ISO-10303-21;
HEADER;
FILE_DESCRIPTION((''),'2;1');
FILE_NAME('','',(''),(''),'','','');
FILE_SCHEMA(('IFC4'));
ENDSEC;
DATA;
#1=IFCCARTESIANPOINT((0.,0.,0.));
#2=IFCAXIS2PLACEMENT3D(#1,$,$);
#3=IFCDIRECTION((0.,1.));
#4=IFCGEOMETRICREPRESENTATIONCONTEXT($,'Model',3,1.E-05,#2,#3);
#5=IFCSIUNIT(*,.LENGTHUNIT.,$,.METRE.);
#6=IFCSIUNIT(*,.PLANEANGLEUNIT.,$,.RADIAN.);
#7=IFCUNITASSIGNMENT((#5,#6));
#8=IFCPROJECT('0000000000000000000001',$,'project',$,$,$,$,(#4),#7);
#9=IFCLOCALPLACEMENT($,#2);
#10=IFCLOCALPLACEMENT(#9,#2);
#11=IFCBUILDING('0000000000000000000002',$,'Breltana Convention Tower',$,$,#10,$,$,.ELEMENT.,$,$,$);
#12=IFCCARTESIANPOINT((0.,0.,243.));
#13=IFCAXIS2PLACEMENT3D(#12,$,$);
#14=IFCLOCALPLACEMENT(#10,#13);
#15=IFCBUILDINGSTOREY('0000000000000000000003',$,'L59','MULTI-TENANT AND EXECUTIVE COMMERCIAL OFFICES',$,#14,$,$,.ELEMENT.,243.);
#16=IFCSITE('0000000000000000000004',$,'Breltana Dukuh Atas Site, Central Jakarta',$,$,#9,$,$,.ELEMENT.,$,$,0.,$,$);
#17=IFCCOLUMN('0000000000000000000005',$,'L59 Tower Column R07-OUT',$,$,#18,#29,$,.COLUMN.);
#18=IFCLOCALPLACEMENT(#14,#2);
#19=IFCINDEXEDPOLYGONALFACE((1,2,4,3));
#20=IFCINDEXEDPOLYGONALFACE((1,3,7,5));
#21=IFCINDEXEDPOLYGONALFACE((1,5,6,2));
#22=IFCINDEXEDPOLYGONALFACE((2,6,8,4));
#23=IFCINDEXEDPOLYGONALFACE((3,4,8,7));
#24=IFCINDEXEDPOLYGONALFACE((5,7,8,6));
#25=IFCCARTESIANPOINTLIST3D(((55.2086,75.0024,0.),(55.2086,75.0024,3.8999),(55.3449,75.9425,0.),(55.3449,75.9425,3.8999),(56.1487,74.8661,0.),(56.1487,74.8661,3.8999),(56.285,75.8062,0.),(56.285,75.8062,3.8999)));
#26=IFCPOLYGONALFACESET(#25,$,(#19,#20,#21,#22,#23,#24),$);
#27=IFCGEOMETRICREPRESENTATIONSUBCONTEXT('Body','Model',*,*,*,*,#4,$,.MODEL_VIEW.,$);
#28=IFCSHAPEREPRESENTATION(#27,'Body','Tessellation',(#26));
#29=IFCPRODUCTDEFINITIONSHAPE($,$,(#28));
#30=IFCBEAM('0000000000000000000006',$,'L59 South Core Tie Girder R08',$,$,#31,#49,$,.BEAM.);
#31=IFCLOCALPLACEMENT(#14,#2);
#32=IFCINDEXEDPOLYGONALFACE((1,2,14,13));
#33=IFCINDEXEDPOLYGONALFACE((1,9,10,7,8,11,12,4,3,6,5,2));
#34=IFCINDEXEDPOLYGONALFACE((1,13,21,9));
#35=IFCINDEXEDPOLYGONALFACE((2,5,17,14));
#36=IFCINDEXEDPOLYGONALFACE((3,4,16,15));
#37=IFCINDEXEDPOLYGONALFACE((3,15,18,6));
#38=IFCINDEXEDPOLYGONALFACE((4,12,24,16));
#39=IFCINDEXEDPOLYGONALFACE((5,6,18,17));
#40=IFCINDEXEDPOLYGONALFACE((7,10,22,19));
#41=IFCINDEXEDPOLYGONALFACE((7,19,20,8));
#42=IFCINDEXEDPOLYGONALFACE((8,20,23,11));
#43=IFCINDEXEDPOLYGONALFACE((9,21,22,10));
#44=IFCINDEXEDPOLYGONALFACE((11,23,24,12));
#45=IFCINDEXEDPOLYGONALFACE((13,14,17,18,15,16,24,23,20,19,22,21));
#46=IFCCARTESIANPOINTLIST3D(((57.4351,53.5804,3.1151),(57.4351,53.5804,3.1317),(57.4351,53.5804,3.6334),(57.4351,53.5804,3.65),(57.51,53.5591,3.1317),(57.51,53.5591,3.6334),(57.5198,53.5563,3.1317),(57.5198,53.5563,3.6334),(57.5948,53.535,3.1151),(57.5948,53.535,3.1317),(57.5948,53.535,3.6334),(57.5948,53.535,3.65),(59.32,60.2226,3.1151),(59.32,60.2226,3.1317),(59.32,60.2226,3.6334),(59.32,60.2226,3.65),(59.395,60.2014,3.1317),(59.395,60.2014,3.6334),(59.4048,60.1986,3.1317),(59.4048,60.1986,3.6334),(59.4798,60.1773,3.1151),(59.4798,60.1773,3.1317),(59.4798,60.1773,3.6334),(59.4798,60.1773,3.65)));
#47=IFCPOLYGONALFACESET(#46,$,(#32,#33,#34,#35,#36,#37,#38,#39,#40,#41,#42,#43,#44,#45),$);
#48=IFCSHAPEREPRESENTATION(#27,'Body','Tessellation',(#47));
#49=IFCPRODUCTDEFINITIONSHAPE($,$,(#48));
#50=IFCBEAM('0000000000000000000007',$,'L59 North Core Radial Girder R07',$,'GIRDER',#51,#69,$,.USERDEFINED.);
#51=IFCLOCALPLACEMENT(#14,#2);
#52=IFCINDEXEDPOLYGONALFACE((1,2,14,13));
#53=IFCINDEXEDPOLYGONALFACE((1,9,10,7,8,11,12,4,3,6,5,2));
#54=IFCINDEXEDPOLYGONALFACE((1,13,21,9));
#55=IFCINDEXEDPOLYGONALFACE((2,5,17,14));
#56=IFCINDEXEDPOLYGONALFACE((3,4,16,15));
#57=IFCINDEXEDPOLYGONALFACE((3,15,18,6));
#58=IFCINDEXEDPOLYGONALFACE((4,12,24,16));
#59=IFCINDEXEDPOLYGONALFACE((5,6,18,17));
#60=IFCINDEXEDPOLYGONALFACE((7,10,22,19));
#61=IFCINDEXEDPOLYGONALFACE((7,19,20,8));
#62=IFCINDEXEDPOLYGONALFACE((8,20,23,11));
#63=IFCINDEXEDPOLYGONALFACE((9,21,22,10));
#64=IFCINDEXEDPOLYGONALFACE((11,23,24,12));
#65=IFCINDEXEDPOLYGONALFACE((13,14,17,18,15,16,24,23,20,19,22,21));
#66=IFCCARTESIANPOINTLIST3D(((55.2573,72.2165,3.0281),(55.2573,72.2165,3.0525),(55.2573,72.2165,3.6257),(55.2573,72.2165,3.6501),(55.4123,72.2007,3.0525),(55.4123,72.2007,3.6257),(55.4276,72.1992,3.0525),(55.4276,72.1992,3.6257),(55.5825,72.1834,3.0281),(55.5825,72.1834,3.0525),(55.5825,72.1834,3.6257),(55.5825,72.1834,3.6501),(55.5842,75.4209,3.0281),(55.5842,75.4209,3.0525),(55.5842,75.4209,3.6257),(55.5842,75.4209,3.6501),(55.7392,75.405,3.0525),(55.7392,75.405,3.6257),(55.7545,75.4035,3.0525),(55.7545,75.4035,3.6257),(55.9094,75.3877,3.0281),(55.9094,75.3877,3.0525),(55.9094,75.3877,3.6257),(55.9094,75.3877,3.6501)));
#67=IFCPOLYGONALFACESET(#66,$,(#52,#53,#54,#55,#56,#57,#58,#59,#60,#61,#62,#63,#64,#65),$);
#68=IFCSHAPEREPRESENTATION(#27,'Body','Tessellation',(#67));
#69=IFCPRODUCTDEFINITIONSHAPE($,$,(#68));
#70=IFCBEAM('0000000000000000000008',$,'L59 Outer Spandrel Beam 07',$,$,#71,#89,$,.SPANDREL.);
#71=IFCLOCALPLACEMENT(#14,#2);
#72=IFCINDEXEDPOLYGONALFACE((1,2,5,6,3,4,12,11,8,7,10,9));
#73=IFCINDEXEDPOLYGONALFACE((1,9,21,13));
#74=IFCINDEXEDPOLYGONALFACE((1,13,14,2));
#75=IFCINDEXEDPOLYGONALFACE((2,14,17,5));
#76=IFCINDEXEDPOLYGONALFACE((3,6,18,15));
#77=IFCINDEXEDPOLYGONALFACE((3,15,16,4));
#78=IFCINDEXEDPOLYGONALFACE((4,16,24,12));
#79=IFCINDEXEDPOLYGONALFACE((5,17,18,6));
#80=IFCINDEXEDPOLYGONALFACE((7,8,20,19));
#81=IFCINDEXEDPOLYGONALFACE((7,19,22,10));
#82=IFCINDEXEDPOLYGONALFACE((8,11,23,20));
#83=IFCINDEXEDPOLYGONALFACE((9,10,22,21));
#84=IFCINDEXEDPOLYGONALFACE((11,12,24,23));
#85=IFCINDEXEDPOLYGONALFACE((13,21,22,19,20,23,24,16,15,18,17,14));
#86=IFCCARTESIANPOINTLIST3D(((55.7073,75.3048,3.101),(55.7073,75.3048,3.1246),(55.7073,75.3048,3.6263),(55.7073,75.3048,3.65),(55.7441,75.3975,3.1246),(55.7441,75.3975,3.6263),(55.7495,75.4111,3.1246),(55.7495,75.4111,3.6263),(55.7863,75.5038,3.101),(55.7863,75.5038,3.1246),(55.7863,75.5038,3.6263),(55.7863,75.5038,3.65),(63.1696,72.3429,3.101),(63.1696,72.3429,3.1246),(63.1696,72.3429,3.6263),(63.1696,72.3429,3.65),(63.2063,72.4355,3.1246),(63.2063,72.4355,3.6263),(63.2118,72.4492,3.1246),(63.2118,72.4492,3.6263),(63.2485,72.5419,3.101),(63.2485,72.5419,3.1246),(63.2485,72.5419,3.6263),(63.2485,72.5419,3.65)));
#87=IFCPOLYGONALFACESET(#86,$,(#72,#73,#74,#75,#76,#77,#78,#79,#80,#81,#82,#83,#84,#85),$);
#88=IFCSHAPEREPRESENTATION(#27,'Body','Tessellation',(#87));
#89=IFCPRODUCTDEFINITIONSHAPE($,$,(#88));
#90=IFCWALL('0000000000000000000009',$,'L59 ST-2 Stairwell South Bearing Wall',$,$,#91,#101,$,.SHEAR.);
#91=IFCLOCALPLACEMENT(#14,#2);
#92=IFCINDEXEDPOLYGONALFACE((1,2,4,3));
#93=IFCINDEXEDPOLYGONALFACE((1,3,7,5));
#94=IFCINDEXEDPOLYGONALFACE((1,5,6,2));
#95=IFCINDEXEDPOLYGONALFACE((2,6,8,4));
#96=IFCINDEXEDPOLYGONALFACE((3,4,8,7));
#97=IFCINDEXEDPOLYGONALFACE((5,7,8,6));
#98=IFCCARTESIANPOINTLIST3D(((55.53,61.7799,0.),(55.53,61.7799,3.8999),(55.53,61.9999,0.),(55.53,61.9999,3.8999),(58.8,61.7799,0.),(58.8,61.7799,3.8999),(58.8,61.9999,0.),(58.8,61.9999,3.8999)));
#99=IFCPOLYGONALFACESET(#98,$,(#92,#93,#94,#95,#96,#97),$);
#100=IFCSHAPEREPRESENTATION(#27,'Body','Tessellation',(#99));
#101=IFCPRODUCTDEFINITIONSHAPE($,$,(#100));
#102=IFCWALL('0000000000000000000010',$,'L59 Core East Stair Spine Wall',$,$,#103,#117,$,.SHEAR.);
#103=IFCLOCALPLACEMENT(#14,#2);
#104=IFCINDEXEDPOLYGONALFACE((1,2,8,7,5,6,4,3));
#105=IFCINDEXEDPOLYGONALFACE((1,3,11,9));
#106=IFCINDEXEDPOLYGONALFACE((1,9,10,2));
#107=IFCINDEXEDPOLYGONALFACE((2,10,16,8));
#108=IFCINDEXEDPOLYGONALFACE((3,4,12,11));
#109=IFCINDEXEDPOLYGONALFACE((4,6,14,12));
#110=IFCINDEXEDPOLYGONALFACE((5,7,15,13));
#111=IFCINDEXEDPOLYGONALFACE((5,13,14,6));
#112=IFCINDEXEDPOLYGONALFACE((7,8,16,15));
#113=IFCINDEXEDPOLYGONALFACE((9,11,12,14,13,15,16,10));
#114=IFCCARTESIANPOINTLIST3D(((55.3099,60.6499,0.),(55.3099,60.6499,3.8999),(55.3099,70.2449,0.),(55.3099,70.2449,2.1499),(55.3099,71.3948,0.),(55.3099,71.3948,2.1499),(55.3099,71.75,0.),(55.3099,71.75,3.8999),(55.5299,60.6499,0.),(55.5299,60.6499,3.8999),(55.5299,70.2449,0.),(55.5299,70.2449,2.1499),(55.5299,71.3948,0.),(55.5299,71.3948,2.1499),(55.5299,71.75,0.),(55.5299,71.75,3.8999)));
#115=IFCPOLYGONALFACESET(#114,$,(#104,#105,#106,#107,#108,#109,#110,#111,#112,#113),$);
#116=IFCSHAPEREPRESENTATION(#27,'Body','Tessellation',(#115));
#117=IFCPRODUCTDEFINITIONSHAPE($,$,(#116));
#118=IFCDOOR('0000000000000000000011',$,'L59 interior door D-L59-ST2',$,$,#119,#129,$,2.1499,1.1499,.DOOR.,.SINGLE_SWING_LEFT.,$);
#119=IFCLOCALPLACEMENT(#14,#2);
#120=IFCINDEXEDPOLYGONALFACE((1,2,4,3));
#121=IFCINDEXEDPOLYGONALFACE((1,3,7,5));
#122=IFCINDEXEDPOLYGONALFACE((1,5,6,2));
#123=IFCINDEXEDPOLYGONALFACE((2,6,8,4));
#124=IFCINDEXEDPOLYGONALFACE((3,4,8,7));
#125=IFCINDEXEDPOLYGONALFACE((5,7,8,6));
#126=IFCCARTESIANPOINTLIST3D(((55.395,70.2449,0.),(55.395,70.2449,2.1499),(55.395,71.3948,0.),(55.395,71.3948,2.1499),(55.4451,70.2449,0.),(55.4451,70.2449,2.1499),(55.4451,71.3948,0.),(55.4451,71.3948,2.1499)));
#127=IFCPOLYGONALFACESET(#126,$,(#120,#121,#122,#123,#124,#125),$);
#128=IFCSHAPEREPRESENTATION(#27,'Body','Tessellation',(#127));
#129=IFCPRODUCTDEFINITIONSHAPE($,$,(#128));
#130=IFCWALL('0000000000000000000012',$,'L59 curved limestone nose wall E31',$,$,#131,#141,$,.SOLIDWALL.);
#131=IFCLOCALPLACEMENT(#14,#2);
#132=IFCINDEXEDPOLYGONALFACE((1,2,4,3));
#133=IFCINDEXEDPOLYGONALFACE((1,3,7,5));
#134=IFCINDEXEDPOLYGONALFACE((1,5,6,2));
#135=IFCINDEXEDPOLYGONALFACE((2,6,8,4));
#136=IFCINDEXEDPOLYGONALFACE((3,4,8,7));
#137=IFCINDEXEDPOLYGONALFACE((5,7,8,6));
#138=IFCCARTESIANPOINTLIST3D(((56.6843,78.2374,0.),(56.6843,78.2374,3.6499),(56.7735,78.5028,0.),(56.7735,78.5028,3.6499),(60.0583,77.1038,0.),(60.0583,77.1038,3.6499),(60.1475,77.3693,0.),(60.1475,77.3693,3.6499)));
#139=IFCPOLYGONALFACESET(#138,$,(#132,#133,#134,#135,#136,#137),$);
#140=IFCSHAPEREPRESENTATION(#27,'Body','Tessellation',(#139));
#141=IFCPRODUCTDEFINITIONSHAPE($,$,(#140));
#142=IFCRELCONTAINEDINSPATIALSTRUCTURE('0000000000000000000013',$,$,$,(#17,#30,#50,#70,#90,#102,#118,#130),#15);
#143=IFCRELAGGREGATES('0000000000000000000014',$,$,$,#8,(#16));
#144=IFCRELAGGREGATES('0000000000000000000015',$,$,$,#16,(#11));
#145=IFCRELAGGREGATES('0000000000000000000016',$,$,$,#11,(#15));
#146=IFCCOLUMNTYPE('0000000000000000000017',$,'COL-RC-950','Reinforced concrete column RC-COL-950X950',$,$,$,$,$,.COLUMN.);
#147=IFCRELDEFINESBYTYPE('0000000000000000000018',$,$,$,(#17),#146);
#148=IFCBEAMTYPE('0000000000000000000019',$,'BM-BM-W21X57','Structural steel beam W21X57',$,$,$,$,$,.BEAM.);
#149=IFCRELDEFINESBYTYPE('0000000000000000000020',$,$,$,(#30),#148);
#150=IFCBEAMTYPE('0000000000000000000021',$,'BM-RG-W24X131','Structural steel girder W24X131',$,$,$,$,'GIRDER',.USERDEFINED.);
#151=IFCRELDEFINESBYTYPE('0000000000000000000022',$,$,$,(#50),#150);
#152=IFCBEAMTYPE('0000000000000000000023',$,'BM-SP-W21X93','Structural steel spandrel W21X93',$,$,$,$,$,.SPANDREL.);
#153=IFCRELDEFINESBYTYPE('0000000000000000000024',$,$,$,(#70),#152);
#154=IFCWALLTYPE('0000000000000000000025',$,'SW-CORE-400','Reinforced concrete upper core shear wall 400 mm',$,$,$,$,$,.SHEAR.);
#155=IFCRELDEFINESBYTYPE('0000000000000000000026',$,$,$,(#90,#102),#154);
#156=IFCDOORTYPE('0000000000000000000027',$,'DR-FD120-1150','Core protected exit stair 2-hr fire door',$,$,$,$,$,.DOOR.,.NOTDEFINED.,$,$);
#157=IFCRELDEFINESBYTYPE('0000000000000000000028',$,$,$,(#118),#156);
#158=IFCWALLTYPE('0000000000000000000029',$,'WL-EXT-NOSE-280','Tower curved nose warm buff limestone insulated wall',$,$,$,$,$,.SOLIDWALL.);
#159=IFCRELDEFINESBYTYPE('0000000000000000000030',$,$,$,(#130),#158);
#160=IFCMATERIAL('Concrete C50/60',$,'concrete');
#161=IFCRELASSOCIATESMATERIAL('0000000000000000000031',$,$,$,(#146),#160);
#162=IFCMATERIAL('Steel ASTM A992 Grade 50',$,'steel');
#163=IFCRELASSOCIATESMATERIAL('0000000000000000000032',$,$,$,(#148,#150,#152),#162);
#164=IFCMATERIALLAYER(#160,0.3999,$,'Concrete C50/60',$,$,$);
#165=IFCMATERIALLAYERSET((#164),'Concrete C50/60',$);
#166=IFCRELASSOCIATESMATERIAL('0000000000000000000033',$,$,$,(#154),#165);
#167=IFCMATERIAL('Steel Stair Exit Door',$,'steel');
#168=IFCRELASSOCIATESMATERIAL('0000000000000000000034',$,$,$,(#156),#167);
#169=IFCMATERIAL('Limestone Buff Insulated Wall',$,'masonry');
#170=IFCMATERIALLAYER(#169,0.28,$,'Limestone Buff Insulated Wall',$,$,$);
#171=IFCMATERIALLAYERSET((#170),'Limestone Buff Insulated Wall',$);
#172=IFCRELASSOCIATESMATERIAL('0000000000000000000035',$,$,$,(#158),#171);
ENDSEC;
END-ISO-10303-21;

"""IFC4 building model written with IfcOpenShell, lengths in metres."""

from ifc_helpers import new_model, si_unit, direction, frame, frame_2d, origin, origin_2d, place, context, subcontext, project, spatial, rectangle, i_section, extrude, source, transform, mapped, material, layer, layer_set, material_profile, profile_set, type_object, type_shapes, element, fill, save


model = new_model("IFC4")

# Units and contexts
model_context = context("Model", 3, precision=1e-05, world=origin(), true_north=direction((0.0, 1.0)))
body_context = subcontext(model_context, "Body", "Model", "MODEL_VIEW")
ifc_project = project(units=[si_unit("LENGTHUNIT", "METRE"), si_unit("PLANEANGLEUNIT", "RADIAN")], contexts=[model_context])

# Site, building, storey
site_placement = place(None, origin())
site = spatial("IfcSite", under=ifc_project, at=site_placement, Name="Breltana Dukuh Atas Site, Central Jakarta", CompositionType="ELEMENT", RefElevation=0.0)
building_placement = place(site_placement, origin())
building = spatial("IfcBuilding", under=site, at=building_placement, Name="Breltana Convention Tower", CompositionType="ELEMENT")
storey_placement = place(building_placement, frame((0.0, 0.0, 243.0)))
storey = spatial("IfcBuildingStorey", under=building, at=storey_placement, Name="L59", Description="MULTI-TENANT AND EXECUTIVE COMMERCIAL OFFICES", CompositionType="ELEMENT", Elevation=243.0)

# Column
ifc_material_1 = material(Name="Concrete C50/60", Category="concrete")
ifc_material_profile_1 = material_profile(ifc_material_1, rectangle(XDim=0.95, YDim=0.95, at=origin_2d()), Name="RC-COL-950X950")
ifc_profile_set_1 = profile_set([ifc_material_profile_1], Name="Concrete C50/60")
column_type = type_object("IfcColumnType", Name="COL-RC-950", Description="Reinforced concrete column RC-COL-950X950", PredefinedType="COLUMN", material=ifc_profile_set_1)
shared_shape_1 = source(origin(), body_context, "Body", "SweptSolid", [
    extrude(rectangle(XDim=0.95, YDim=0.95, at=origin_2d()), origin(), (0.0, 0.0, 1.0), 3.8999),
])
column_placement = place(storey_placement, frame((55.7468, 75.4043, 0.0), z_axis=(0.0, 0.0, 1.0), x_axis=(0.143493, 0.989651, 0.0)))
element("IfcColumn", 1, at=column_placement, inside=storey, type_object=column_type, Name="L59 Tower Column R07-OUT", PredefinedType="COLUMN", context=body_context, shape_type="MappedRepresentation", body=[
    mapped(shared_shape_1, transform((0.0, 0.0, 0.0), scale=1.0)),
])

# Beams
ifc_material_2 = material(Name="Steel ASTM A992 Grade 50", Category="steel")
ifc_material_profile_2 = material_profile(ifc_material_2, i_section(OverallWidth=0.166, OverallDepth=0.5349, WebThickness=0.0103, FlangeThickness=0.0166, at=origin_2d()), Name="W21X57")
ifc_profile_set_2 = profile_set([ifc_material_profile_2], Name="Steel ASTM A992 Grade 50")
beam_type_1 = type_object("IfcBeamType", Name="BM-BM-W21X57", Description="Structural steel beam W21X57", PredefinedType="BEAM", material=ifc_profile_set_2)
shared_shape_2 = source(origin(), body_context, "Body", "SweptSolid", [
    extrude(i_section(OverallWidth=0.166, OverallDepth=0.5349, WebThickness=0.0103, FlangeThickness=0.0166, at=origin_2d()), origin(), (0.0, 0.0, 1.0), 6.9045),
])
type_shapes(beam_type_1, [shared_shape_2])
beam_1_placement = place(storey_placement, frame((59.3999, 60.2, 3.3826), z_axis=(-0.273007, -0.962012, 0.0), x_axis=(0.962012, -0.273007, 0.0)))
element("IfcBeam", 2, at=beam_1_placement, inside=storey, type_object=beam_type_1, Name="L59 South Core Tie Girder R08", PredefinedType="BEAM", context=body_context, shape_type="MappedRepresentation", body=[
    mapped(shared_shape_2, transform((0.0, 0.0, 0.0), scale=1.0)),
])
ifc_material_profile_3 = material_profile(ifc_material_2, i_section(OverallWidth=0.3269, OverallDepth=0.6221, WebThickness=0.0154, FlangeThickness=0.0244, at=origin_2d()), Name="W24X131")
ifc_profile_set_3 = profile_set([ifc_material_profile_3], Name="Steel ASTM A992 Grade 50")
beam_type_2 = type_object("IfcBeamType", Name="BM-RG-W24X131", Description="Structural steel girder W24X131", ElementType="GIRDER", PredefinedType="USERDEFINED", material=ifc_profile_set_3)
shared_shape_3 = source(origin(), body_context, "Body", "SweptSolid", [
    extrude(i_section(OverallWidth=0.3269, OverallDepth=0.6221, WebThickness=0.0154, FlangeThickness=0.0244, at=origin_2d()), origin(), (0.0, 0.0, 1.0), 3.2209),
])
beam_2_placement = place(storey_placement, frame((55.4199, 72.2, 3.3391), z_axis=(0.101492, 0.994836, 0.0), x_axis=(-0.994836, 0.101492, 0.0)))
element("IfcBeam", 3, at=beam_2_placement, inside=storey, type_object=beam_type_2, Name="L59 North Core Radial Girder R07", ObjectType="GIRDER", PredefinedType="USERDEFINED", context=body_context, shape_type="MappedRepresentation", body=[
    mapped(shared_shape_3, transform((0.0, 0.0, 0.0), scale=1.0)),
])
ifc_material_profile_4 = material_profile(ifc_material_2, i_section(OverallWidth=0.2141, OverallDepth=0.5491, WebThickness=0.0146, FlangeThickness=0.0237, at=origin_2d()), Name="W21X93")
ifc_profile_set_4 = profile_set([ifc_material_profile_4], Name="Steel ASTM A992 Grade 50")
beam_type_3 = type_object("IfcBeamType", Name="BM-SP-W21X93", Description="Structural steel spandrel W21X93", PredefinedType="SPANDREL", material=ifc_profile_set_4)
shared_shape_4 = source(origin(), body_context, "Body", "SweptSolid", [
    extrude(i_section(OverallWidth=0.2141, OverallDepth=0.5491, WebThickness=0.0146, FlangeThickness=0.0237, at=origin_2d()), origin(), (0.0, 0.0, 1.0), 8.0286),
])
beam_3_placement = place(storey_placement, frame((55.7468, 75.4043, 3.3755), z_axis=(0.929459, -0.368925, 0.0), x_axis=(0.368925, 0.929459, 0.0)))
element("IfcBeam", 4, at=beam_3_placement, inside=storey, type_object=beam_type_3, Name="L59 Outer Spandrel Beam 07", PredefinedType="SPANDREL", context=body_context, shape_type="MappedRepresentation", body=[
    mapped(shared_shape_4, transform((0.0, 0.0, 0.0), scale=1.0)),
])

# Wall
ifc_layer_1 = layer(ifc_material_1, 0.3999, Name="Concrete C50/60")
ifc_layer_set_1 = layer_set([ifc_layer_1], Name="Concrete C50/60")
wall_type_1 = type_object("IfcWallType", Name="SW-CORE-400", Description="Reinforced concrete upper core shear wall 400 mm", PredefinedType="SHEAR", material=ifc_layer_set_1)
shared_shape_5 = source(origin(), body_context, "Body", "SweptSolid", [
    extrude(rectangle(XDim=3.27, YDim=0.22, at=frame_2d((1.635, 0.0))), origin(), (0.0, 0.0, 1.0), 3.8999),
])
wall_1_placement = place(storey_placement, frame((55.53, 61.8899, 0.0), z_axis=(0.0, 0.0, 1.0), x_axis=(1.0, 0.0, 0.0)))
element("IfcWall", 5, at=wall_1_placement, inside=storey, type_object=wall_type_1, Name="L59 ST-2 Stairwell South Bearing Wall", PredefinedType="SHEAR", context=body_context, shape_type="MappedRepresentation", body=[
    mapped(shared_shape_5, transform((0.0, 0.0, 0.0), scale=1.0)),
])

# Wall, opening, door
shared_shape_6 = source(origin(), body_context, "Body", "SweptSolid", [
    extrude(rectangle(XDim=11.1001, YDim=0.22, at=frame_2d((5.55, 0.0))), origin(), (0.0, 0.0, 1.0), 3.8999),
])
wall_2_placement = place(storey_placement, frame((55.4199, 60.6499, 0.0), z_axis=(0.0, 0.0, 1.0), x_axis=(0.0, 1.0, 0.0)))
wall_2 = element("IfcWall", 6, at=wall_2_placement, inside=storey, type_object=wall_type_1, Name="L59 Core East Stair Spine Wall", PredefinedType="SHEAR", context=body_context, shape_type="MappedRepresentation", body=[
    mapped(shared_shape_6, transform((0.0, 0.0, 0.0), scale=1.0)),
])
opening_1_placement = place(wall_2_placement, frame((9.595, 0.0, 0.0)))
opening_1 = element("IfcOpeningElement", 7, at=opening_1_placement, cuts=wall_2, PredefinedType="OPENING", context=body_context, shape_type="SweptSolid", body=[
    extrude(rectangle(XDim=1.1499, YDim=2.1499, at=frame_2d((0.575, 1.075))), frame((0.0, 0.1201, 0.0), z_axis=(0.0, -1.0, 0.0), x_axis=(1.0, 0.0, 0.0)), (0.0, 0.0, 1.0), 0.24),
])
ifc_material_3 = material(Name="Steel Stair Exit Door", Category="steel")
door_type_1 = type_object("IfcDoorType", Name="DR-FD120-1150", Description="Core protected exit stair 2-hr fire door", OperationType="NOTDEFINED", PredefinedType="DOOR", material=ifc_material_3)
shared_shape_7 = source(origin(), body_context, "Body", "SweptSolid", [
    extrude(rectangle(XDim=1.1499, YDim=2.1499, at=frame_2d((0.575, 1.075))), frame((0.0, 0.0249, 0.0), z_axis=(0.0, -1.0, 0.0), x_axis=(1.0, 0.0, 0.0)), (0.0, 0.0, 1.0), 0.05),
])
type_shapes(door_type_1, [shared_shape_7])
door_1_placement = place(opening_1_placement, origin())
door_1 = element("IfcDoor", 8, at=door_1_placement, inside=storey, type_object=door_type_1, Name="L59 interior door D-L59-ST2", OperationType="SINGLE_SWING_LEFT", OverallHeight=2.1499, OverallWidth=1.1499, PredefinedType="DOOR", context=body_context, shape_type="MappedRepresentation", body=[
    mapped(shared_shape_7, transform((0.0, 0.0, 0.0), scale=1.0)),
])
fill(opening_1, door_1)

# Wall
ifc_material_4 = material(Name="Limestone Buff Insulated Wall", Category="masonry")
ifc_layer_2 = layer(ifc_material_4, 0.28, Name="Limestone Buff Insulated Wall")
ifc_layer_set_2 = layer_set([ifc_layer_2], Name="Limestone Buff Insulated Wall")
wall_type_2 = type_object("IfcWallType", Name="WL-EXT-NOSE-280", Description="Tower curved nose warm buff limestone insulated wall", PredefinedType="SOLIDWALL", material=ifc_layer_set_2)
shared_shape_8 = source(origin(), body_context, "Body", "SweptSolid", [
    extrude(rectangle(XDim=3.5593, YDim=0.28, at=frame_2d((1.7798, 0.0))), origin(), (0.0, 0.0, 1.0), 3.6499),
])
wall_3_placement = place(storey_placement, frame((56.7288, 78.3701, 0.0), z_axis=(0.0, 0.0, 1.0), x_axis=(0.947933, -0.31847, 0.0)))
element("IfcWall", 9, at=wall_3_placement, inside=storey, type_object=wall_type_2, Name="L59 curved limestone nose wall E31", PredefinedType="SOLIDWALL", context=body_context, shape_type="MappedRepresentation", body=[
    mapped(shared_shape_8, transform((0.0, 0.0, 0.0), scale=1.0)),
])

save(model, "model.ifc")
